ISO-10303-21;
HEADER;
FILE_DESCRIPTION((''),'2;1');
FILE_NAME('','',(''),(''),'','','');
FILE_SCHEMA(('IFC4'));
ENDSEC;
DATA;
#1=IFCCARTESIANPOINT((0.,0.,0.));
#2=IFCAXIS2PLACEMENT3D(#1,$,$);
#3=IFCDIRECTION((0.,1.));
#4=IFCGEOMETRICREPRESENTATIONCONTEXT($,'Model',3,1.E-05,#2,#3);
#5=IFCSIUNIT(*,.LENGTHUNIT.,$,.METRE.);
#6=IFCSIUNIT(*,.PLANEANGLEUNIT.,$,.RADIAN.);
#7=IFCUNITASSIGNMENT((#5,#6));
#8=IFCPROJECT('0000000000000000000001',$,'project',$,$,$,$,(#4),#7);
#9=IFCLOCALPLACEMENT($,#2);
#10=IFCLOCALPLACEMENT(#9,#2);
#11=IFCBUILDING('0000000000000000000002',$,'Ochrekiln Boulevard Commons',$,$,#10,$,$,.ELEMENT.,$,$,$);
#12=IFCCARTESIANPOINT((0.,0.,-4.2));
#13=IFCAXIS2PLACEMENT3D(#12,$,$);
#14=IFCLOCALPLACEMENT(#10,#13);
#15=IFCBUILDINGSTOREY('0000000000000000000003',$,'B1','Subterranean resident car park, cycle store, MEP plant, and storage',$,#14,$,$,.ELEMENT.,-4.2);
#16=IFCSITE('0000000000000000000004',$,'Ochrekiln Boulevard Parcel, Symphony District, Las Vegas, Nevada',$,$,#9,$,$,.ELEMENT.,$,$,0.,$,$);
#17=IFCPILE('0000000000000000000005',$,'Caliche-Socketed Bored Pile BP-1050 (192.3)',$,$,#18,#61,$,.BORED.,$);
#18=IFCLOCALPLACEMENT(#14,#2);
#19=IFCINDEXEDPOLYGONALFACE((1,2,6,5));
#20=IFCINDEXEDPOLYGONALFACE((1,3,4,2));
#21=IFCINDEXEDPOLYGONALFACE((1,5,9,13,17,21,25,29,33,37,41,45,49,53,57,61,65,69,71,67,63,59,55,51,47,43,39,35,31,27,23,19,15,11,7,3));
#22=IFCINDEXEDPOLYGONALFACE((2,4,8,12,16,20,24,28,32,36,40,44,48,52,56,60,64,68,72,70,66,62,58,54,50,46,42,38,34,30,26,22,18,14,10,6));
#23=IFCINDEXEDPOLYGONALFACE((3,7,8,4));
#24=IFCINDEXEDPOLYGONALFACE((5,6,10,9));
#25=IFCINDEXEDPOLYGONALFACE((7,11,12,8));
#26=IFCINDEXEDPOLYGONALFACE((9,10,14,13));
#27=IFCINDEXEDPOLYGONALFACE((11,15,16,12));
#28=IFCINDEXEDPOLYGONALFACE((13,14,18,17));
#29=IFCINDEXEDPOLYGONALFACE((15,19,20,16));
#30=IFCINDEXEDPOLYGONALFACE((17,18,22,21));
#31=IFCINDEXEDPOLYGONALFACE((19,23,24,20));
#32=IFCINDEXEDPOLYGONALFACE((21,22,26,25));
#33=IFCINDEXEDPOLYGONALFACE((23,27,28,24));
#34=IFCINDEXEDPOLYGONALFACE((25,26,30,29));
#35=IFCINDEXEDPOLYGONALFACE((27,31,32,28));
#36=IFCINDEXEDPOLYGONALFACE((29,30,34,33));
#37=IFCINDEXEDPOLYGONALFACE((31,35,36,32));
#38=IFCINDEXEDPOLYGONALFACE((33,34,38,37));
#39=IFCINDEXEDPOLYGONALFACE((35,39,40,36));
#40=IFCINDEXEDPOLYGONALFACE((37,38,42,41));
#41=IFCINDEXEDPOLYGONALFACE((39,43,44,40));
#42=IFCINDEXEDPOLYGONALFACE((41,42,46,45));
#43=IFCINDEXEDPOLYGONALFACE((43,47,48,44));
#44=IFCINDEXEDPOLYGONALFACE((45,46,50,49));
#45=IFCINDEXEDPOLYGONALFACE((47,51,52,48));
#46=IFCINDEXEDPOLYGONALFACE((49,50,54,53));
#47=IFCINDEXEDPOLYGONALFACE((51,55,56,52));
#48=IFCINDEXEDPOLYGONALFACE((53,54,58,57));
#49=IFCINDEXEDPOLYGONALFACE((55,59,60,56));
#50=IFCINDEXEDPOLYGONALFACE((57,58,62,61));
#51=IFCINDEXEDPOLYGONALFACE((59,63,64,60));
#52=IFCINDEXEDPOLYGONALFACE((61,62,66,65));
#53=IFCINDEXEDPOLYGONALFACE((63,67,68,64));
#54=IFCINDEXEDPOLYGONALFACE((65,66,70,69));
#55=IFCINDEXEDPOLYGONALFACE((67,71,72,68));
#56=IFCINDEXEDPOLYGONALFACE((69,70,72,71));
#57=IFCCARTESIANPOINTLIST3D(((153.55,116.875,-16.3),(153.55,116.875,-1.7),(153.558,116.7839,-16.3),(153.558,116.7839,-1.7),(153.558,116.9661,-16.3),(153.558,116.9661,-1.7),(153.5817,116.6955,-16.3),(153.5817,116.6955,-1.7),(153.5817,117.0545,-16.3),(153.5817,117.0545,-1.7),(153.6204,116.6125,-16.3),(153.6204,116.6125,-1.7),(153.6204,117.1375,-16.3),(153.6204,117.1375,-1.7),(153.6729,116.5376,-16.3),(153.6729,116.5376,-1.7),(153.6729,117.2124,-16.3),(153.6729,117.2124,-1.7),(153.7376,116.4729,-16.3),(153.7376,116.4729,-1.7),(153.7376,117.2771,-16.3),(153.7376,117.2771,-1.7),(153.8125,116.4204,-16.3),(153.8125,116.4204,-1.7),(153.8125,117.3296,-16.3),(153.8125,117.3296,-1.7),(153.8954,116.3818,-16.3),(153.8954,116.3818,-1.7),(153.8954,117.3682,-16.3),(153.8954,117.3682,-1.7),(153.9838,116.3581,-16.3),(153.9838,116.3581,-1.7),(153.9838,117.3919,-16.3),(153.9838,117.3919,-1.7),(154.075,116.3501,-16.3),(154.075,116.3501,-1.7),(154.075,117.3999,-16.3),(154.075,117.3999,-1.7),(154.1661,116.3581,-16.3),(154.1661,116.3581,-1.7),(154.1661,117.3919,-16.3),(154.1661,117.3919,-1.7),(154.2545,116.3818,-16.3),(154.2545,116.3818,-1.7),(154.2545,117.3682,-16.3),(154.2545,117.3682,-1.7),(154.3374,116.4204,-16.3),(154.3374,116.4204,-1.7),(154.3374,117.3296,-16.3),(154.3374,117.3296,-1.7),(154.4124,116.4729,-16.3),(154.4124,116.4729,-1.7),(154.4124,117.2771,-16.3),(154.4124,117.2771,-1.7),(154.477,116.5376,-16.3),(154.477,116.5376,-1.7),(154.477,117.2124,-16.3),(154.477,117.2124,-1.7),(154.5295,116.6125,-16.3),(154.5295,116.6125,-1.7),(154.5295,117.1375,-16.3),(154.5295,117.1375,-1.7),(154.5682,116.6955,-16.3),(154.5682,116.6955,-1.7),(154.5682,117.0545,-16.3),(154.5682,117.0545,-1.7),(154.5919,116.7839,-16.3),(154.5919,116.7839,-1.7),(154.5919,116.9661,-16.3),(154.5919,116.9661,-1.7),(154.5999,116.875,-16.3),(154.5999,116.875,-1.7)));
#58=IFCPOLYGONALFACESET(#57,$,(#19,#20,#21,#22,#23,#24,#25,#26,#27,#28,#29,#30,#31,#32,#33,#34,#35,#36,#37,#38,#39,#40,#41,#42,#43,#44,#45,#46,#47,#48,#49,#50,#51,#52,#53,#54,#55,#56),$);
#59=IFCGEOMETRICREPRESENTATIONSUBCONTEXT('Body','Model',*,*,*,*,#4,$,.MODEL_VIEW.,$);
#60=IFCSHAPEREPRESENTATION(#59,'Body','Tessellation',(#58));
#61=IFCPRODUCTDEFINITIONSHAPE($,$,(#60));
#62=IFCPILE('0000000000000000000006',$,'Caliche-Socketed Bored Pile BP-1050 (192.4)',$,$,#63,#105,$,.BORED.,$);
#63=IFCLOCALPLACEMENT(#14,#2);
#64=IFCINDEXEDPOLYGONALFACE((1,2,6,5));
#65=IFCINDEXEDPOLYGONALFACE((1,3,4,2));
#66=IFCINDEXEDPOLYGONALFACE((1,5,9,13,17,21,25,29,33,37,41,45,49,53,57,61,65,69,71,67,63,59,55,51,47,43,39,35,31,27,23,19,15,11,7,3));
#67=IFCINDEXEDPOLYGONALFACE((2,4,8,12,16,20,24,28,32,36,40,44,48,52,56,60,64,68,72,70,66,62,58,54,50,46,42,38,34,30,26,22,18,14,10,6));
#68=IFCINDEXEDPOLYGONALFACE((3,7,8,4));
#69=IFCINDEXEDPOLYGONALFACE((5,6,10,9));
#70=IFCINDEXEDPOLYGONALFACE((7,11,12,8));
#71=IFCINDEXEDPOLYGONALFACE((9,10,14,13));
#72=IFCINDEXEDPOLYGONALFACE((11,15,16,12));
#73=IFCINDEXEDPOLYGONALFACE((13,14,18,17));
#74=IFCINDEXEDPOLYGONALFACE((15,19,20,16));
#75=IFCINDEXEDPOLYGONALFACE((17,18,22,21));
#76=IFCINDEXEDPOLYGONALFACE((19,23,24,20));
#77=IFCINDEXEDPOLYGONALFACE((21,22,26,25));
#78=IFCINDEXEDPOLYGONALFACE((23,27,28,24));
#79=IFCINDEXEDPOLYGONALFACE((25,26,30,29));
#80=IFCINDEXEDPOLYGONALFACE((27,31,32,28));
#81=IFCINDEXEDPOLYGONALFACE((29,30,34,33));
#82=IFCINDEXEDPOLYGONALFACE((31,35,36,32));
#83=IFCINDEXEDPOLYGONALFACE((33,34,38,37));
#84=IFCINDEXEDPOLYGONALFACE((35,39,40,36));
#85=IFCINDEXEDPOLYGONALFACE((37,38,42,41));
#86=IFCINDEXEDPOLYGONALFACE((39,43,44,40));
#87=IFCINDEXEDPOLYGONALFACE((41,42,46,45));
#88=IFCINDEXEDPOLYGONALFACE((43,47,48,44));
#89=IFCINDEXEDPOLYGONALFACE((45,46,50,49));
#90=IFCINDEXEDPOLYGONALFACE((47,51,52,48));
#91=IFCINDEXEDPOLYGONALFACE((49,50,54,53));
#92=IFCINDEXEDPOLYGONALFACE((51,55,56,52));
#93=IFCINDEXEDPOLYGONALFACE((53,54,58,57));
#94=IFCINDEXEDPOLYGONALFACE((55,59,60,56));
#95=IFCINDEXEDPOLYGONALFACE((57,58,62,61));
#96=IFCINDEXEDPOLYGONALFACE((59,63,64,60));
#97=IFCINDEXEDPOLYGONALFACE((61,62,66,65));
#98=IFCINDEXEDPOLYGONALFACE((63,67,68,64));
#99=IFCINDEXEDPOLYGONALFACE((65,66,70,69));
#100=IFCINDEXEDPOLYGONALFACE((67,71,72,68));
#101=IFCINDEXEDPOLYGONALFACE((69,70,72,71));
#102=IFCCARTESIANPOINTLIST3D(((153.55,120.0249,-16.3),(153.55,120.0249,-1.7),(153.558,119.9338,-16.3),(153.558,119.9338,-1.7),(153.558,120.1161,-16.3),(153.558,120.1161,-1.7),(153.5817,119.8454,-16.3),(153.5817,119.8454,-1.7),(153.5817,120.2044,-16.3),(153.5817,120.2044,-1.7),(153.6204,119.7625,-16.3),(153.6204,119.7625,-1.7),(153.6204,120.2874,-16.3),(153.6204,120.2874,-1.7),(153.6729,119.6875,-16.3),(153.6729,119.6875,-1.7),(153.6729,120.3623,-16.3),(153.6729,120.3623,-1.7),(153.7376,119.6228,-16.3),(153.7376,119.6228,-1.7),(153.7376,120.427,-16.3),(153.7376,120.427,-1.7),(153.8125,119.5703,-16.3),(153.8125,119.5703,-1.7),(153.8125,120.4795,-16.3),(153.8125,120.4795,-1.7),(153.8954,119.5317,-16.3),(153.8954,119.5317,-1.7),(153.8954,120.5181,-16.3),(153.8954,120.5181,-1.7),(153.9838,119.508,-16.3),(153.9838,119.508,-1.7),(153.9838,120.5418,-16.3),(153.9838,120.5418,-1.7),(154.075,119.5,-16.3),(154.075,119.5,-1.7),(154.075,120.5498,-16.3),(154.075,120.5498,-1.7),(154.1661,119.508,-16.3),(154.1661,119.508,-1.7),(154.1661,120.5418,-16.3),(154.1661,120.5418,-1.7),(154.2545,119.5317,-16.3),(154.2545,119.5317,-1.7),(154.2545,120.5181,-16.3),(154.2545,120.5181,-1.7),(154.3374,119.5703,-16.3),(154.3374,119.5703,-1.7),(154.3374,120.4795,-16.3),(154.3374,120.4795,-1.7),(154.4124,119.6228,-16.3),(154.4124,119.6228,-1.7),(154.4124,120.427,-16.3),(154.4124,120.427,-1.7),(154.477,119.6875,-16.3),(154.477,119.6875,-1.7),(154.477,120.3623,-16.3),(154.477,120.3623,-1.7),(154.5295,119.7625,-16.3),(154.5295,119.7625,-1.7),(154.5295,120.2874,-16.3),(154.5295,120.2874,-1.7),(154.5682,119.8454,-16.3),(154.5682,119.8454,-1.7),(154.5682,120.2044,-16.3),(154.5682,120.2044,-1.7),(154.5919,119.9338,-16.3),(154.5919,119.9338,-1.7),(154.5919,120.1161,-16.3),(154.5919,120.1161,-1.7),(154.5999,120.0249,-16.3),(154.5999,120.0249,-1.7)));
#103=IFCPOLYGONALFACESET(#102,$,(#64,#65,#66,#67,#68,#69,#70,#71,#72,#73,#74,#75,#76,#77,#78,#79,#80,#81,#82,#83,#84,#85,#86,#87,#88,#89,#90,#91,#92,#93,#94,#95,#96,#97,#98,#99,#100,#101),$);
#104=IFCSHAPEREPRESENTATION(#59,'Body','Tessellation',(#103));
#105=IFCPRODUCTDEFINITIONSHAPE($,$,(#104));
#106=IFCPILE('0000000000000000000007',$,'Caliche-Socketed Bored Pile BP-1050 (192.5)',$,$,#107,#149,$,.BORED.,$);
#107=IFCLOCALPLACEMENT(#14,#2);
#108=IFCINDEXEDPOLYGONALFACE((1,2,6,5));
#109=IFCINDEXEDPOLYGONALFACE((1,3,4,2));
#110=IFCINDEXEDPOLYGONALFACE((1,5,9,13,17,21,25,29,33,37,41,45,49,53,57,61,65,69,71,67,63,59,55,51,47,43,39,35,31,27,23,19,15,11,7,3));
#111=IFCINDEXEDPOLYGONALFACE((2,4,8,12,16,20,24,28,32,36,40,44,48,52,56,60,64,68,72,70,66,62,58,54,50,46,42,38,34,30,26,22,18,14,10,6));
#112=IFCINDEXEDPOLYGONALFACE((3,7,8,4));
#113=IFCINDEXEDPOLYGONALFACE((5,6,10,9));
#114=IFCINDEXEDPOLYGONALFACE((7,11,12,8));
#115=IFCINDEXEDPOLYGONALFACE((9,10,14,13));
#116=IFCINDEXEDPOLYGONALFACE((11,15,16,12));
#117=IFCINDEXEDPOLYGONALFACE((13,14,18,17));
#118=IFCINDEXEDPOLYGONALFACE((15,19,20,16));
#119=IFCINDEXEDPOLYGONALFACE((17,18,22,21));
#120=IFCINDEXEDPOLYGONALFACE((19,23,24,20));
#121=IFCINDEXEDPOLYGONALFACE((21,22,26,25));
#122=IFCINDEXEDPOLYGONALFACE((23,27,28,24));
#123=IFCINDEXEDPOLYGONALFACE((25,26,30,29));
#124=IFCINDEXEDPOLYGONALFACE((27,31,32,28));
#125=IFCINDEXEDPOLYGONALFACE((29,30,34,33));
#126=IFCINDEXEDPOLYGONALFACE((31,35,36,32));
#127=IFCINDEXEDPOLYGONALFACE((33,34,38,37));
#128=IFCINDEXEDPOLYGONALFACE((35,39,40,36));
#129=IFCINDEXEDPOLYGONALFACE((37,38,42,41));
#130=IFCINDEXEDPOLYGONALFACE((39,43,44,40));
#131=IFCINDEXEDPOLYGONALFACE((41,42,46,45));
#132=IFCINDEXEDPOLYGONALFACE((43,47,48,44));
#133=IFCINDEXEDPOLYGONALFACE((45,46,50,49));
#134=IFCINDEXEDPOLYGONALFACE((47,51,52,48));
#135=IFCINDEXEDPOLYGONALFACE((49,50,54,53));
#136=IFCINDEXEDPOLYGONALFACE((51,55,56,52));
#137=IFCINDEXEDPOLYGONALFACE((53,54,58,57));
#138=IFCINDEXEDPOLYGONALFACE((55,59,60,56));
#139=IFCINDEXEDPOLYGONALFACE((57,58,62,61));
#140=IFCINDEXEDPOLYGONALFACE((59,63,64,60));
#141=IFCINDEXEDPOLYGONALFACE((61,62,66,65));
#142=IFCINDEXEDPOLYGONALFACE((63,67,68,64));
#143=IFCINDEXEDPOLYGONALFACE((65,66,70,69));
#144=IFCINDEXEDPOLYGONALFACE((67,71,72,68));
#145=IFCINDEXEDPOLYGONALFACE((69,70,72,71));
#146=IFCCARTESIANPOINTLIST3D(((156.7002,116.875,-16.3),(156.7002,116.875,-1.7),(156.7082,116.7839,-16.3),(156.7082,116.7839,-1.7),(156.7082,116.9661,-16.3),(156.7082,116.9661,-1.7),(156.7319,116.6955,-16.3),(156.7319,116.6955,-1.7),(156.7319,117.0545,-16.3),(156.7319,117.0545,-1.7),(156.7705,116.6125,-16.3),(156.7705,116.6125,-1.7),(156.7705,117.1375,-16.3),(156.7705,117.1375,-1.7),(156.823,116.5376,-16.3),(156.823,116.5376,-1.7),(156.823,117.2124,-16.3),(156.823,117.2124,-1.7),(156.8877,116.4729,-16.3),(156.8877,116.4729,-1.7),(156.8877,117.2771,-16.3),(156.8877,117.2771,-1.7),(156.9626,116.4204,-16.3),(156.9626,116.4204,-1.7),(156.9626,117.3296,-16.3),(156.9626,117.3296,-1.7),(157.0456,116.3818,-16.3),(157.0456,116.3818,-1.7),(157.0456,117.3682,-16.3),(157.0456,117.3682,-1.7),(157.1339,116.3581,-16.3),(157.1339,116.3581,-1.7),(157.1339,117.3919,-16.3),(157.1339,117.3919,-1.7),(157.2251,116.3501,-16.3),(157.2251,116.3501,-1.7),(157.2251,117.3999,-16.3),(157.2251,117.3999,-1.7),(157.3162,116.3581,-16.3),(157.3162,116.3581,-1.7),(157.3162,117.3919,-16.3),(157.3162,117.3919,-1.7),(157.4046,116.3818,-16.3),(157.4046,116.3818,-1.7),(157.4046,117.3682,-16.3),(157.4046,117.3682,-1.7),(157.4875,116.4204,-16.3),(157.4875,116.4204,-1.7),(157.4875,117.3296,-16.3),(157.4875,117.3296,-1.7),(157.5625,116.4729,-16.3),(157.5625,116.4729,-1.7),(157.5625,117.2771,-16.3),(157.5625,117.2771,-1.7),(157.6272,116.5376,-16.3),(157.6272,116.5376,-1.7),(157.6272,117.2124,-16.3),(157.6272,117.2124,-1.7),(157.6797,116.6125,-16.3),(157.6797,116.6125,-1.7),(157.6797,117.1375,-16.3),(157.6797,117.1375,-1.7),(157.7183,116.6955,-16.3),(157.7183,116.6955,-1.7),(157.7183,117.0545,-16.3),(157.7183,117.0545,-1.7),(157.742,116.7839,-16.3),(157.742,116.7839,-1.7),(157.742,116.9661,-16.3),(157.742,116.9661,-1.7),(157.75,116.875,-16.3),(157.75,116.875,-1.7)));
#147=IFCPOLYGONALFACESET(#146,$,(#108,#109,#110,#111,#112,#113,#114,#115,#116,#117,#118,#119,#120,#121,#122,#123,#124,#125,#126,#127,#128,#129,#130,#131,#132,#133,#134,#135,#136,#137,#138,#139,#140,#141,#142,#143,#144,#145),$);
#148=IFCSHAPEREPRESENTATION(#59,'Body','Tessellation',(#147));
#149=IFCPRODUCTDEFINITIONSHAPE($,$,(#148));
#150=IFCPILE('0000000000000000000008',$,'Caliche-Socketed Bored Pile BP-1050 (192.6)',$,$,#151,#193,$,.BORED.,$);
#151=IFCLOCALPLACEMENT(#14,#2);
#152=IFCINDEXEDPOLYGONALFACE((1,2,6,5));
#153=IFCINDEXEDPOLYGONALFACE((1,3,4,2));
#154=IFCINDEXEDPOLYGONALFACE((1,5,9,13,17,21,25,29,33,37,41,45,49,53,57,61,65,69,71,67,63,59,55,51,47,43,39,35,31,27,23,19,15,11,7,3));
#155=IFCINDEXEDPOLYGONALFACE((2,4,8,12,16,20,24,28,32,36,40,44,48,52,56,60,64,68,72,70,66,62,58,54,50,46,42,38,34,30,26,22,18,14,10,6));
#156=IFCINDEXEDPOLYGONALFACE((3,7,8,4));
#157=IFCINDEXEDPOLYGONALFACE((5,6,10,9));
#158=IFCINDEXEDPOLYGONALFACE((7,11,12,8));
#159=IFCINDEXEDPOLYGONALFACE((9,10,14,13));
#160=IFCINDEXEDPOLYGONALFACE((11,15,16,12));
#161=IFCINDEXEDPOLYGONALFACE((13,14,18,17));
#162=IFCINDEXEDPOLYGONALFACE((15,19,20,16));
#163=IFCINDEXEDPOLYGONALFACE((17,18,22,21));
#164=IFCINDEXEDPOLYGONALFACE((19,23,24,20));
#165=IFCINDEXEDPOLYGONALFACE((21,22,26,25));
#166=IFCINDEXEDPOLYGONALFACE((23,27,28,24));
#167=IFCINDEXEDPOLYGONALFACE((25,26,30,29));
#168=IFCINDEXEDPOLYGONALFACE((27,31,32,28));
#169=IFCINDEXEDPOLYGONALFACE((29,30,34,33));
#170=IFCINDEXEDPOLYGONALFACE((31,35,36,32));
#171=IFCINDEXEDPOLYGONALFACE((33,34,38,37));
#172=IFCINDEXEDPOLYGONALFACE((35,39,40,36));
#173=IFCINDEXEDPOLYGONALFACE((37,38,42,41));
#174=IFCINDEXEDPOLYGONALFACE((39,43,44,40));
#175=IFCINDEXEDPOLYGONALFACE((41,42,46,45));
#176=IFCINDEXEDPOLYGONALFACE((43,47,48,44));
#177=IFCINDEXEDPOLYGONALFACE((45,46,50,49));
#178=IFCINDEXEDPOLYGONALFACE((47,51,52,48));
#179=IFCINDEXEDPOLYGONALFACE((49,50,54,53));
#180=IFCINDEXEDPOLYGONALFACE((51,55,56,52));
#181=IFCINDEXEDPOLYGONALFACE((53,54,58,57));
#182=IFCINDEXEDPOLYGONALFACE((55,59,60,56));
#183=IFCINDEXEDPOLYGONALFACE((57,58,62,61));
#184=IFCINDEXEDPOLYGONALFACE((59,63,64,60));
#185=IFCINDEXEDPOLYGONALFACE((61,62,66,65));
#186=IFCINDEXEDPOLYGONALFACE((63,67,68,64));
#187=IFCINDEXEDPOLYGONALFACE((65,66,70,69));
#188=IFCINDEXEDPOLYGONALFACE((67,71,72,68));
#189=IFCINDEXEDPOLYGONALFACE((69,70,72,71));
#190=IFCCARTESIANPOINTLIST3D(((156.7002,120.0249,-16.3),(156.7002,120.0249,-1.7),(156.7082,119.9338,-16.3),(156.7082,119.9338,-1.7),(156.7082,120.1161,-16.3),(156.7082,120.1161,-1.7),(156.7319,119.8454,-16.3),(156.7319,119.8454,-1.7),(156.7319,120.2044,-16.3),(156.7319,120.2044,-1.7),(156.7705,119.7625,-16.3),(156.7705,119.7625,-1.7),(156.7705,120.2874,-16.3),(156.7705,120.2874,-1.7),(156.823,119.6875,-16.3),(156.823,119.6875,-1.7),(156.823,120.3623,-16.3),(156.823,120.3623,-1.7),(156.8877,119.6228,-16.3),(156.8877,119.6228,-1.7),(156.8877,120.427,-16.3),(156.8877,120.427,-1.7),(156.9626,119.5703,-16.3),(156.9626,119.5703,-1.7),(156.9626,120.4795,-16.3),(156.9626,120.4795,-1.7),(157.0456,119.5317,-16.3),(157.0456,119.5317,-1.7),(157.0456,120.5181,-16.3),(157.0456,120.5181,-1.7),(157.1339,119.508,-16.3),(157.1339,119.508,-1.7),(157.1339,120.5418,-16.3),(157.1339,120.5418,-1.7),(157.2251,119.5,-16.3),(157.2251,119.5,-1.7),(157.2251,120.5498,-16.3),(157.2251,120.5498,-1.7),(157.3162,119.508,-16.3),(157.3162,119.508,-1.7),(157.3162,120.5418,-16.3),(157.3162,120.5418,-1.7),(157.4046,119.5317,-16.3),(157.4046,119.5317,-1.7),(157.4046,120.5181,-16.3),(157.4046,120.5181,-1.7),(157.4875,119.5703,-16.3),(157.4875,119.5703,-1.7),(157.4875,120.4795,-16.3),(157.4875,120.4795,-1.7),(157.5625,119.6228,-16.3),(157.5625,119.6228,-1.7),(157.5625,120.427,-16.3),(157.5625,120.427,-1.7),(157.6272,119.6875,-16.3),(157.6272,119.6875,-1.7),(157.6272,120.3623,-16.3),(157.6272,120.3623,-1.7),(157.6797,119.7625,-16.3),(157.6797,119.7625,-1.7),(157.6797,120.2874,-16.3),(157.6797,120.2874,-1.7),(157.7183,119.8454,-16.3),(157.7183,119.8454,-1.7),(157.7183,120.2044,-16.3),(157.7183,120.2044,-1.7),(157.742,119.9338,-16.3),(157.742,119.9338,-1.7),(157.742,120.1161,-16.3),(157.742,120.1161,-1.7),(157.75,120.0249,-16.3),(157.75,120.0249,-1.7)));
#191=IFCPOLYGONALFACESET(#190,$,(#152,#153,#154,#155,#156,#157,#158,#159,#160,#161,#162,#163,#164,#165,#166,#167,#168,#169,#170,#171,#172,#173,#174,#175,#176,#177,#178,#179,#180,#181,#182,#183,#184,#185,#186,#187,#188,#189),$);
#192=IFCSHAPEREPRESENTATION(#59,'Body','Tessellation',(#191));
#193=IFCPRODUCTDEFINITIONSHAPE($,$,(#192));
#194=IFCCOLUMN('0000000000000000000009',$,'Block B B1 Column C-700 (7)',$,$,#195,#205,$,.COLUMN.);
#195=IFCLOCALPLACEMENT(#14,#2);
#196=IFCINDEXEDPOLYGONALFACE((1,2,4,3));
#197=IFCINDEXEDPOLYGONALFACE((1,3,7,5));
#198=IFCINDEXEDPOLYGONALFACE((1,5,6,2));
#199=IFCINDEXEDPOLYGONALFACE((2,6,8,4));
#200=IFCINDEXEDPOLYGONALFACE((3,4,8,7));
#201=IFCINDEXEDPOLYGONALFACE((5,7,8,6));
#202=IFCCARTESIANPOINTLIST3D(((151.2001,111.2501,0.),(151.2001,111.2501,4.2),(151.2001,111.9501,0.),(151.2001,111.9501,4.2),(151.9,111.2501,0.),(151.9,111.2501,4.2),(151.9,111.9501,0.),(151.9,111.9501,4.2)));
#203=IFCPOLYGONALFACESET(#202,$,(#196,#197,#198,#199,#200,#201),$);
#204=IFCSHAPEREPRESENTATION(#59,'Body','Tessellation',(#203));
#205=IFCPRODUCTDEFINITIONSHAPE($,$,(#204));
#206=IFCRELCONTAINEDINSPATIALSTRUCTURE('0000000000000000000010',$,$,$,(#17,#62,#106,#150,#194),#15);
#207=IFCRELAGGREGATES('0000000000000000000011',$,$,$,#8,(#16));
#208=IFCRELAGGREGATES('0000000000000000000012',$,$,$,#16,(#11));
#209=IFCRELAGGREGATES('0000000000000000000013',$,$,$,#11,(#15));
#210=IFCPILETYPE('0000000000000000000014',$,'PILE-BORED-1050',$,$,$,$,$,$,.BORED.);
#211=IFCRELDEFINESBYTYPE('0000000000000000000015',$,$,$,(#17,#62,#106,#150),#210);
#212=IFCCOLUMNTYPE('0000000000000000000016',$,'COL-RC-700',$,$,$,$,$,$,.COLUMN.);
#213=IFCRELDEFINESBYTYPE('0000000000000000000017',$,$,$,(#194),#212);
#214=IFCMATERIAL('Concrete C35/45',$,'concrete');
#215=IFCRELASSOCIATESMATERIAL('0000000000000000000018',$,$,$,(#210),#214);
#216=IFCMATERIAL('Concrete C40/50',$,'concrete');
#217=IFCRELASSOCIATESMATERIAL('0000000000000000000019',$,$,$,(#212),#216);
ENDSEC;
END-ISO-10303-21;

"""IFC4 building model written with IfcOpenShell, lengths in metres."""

from ifc_helpers import new_model, si_unit, direction, frame, origin, origin_2d, place, context, subcontext, project, spatial, rectangle, circle, extrude, material, material_profile, profile_set, type_object, element, save


model = new_model("IFC4")

# Units and contexts
model_context = context("Model", 3, precision=1e-05, world=origin(), true_north=direction((0.0, 1.0)))
body_context = subcontext(model_context, "Body", "Model", "MODEL_VIEW")
ifc_project = project(units=[si_unit("LENGTHUNIT", "METRE"), si_unit("PLANEANGLEUNIT", "RADIAN")], contexts=[model_context])

# Site, building, storey
site_placement = place(None, origin())
site = spatial("IfcSite", under=ifc_project, at=site_placement, Name="Ochrekiln Boulevard Parcel, Symphony District, Las Vegas, Nevada", CompositionType="ELEMENT", RefElevation=0.0)
building_placement = place(site_placement, origin())
building = spatial("IfcBuilding", under=site, at=building_placement, Name="Ochrekiln Boulevard Commons", CompositionType="ELEMENT")
storey_placement = place(building_placement, frame((0.0, 0.0, -4.2)))
storey = spatial("IfcBuildingStorey", under=building, at=storey_placement, Name="B1", Description="Subterranean resident car park, cycle store, MEP plant, and storage", CompositionType="ELEMENT", Elevation=-4.2)

# Shared definitions
ifc_material_1 = material(Name="Concrete C35/45", Category="concrete")

# Piles
ifc_material_profile_1 = material_profile(ifc_material_1, circle(Radius=0.5249, at=origin_2d()), Name="PILE-D1050")
ifc_profile_set_1 = profile_set([ifc_material_profile_1], Name="Concrete C35/45")
pile_type = type_object("IfcPileType", Name="PILE-BORED-1050", PredefinedType="BORED", material=ifc_profile_set_1)
for number, where, z_axis, x_axis, name in (
    (1, (154.075, 116.875, -1.7), (0.0, 0.0, -1.0), (1.0, 0.0, 0.0), "Caliche-Socketed Bored Pile BP-1050 (192.3)"),
    (2, (154.075, 120.0249, -1.7), (0.0, 0.0, -1.0), (1.0, 0.0, 0.0), "Caliche-Socketed Bored Pile BP-1050 (192.4)"),
    (3, (157.2251, 116.875, -1.7), (0.0, 0.0, -1.0), (1.0, 0.0, 0.0), "Caliche-Socketed Bored Pile BP-1050 (192.5)"),
    (4, (157.2251, 120.0249, -1.7), (0.0, 0.0, -1.0), (1.0, 0.0, 0.0), "Caliche-Socketed Bored Pile BP-1050 (192.6)"),
):
    element("IfcPile", number, at=place(storey_placement, frame(where, z_axis=z_axis, x_axis=x_axis)), inside=storey, type_object=pile_type, Name=name, PredefinedType="BORED", context=body_context, shape_type="SweptSolid", body=[
        extrude(circle(Radius=0.5249, at=origin_2d()), origin(), (0.0, 0.0, 1.0), 14.6001),
    ])

# Column
ifc_material_2 = material(Name="Concrete C40/50", Category="concrete")
ifc_material_profile_2 = material_profile(ifc_material_2, rectangle(XDim=0.7, YDim=0.7, at=origin_2d()), Name="RC-COL-700x700")
ifc_profile_set_2 = profile_set([ifc_material_profile_2], Name="Concrete C40/50")
column_type_1 = type_object("IfcColumnType", Name="COL-RC-700", PredefinedType="COLUMN", material=ifc_profile_set_2)
for number, where, z_axis, x_axis, name in (
    (5, (151.55, 111.6001, 0.0), (0.0, 0.0, 1.0), (1.0, 0.0, 0.0), "Block B B1 Column C-700 (7)"),
):
    element("IfcColumn", number, at=place(storey_placement, frame(where, z_axis=z_axis, x_axis=x_axis)), inside=storey, type_object=column_type_1, Name=name, PredefinedType="COLUMN", context=body_context, shape_type="SweptSolid", body=[
        extrude(rectangle(XDim=0.7, YDim=0.7, at=origin_2d()), origin(), (0.0, 0.0, 1.0), 4.2),
    ])

save(model, "model.ifc")
